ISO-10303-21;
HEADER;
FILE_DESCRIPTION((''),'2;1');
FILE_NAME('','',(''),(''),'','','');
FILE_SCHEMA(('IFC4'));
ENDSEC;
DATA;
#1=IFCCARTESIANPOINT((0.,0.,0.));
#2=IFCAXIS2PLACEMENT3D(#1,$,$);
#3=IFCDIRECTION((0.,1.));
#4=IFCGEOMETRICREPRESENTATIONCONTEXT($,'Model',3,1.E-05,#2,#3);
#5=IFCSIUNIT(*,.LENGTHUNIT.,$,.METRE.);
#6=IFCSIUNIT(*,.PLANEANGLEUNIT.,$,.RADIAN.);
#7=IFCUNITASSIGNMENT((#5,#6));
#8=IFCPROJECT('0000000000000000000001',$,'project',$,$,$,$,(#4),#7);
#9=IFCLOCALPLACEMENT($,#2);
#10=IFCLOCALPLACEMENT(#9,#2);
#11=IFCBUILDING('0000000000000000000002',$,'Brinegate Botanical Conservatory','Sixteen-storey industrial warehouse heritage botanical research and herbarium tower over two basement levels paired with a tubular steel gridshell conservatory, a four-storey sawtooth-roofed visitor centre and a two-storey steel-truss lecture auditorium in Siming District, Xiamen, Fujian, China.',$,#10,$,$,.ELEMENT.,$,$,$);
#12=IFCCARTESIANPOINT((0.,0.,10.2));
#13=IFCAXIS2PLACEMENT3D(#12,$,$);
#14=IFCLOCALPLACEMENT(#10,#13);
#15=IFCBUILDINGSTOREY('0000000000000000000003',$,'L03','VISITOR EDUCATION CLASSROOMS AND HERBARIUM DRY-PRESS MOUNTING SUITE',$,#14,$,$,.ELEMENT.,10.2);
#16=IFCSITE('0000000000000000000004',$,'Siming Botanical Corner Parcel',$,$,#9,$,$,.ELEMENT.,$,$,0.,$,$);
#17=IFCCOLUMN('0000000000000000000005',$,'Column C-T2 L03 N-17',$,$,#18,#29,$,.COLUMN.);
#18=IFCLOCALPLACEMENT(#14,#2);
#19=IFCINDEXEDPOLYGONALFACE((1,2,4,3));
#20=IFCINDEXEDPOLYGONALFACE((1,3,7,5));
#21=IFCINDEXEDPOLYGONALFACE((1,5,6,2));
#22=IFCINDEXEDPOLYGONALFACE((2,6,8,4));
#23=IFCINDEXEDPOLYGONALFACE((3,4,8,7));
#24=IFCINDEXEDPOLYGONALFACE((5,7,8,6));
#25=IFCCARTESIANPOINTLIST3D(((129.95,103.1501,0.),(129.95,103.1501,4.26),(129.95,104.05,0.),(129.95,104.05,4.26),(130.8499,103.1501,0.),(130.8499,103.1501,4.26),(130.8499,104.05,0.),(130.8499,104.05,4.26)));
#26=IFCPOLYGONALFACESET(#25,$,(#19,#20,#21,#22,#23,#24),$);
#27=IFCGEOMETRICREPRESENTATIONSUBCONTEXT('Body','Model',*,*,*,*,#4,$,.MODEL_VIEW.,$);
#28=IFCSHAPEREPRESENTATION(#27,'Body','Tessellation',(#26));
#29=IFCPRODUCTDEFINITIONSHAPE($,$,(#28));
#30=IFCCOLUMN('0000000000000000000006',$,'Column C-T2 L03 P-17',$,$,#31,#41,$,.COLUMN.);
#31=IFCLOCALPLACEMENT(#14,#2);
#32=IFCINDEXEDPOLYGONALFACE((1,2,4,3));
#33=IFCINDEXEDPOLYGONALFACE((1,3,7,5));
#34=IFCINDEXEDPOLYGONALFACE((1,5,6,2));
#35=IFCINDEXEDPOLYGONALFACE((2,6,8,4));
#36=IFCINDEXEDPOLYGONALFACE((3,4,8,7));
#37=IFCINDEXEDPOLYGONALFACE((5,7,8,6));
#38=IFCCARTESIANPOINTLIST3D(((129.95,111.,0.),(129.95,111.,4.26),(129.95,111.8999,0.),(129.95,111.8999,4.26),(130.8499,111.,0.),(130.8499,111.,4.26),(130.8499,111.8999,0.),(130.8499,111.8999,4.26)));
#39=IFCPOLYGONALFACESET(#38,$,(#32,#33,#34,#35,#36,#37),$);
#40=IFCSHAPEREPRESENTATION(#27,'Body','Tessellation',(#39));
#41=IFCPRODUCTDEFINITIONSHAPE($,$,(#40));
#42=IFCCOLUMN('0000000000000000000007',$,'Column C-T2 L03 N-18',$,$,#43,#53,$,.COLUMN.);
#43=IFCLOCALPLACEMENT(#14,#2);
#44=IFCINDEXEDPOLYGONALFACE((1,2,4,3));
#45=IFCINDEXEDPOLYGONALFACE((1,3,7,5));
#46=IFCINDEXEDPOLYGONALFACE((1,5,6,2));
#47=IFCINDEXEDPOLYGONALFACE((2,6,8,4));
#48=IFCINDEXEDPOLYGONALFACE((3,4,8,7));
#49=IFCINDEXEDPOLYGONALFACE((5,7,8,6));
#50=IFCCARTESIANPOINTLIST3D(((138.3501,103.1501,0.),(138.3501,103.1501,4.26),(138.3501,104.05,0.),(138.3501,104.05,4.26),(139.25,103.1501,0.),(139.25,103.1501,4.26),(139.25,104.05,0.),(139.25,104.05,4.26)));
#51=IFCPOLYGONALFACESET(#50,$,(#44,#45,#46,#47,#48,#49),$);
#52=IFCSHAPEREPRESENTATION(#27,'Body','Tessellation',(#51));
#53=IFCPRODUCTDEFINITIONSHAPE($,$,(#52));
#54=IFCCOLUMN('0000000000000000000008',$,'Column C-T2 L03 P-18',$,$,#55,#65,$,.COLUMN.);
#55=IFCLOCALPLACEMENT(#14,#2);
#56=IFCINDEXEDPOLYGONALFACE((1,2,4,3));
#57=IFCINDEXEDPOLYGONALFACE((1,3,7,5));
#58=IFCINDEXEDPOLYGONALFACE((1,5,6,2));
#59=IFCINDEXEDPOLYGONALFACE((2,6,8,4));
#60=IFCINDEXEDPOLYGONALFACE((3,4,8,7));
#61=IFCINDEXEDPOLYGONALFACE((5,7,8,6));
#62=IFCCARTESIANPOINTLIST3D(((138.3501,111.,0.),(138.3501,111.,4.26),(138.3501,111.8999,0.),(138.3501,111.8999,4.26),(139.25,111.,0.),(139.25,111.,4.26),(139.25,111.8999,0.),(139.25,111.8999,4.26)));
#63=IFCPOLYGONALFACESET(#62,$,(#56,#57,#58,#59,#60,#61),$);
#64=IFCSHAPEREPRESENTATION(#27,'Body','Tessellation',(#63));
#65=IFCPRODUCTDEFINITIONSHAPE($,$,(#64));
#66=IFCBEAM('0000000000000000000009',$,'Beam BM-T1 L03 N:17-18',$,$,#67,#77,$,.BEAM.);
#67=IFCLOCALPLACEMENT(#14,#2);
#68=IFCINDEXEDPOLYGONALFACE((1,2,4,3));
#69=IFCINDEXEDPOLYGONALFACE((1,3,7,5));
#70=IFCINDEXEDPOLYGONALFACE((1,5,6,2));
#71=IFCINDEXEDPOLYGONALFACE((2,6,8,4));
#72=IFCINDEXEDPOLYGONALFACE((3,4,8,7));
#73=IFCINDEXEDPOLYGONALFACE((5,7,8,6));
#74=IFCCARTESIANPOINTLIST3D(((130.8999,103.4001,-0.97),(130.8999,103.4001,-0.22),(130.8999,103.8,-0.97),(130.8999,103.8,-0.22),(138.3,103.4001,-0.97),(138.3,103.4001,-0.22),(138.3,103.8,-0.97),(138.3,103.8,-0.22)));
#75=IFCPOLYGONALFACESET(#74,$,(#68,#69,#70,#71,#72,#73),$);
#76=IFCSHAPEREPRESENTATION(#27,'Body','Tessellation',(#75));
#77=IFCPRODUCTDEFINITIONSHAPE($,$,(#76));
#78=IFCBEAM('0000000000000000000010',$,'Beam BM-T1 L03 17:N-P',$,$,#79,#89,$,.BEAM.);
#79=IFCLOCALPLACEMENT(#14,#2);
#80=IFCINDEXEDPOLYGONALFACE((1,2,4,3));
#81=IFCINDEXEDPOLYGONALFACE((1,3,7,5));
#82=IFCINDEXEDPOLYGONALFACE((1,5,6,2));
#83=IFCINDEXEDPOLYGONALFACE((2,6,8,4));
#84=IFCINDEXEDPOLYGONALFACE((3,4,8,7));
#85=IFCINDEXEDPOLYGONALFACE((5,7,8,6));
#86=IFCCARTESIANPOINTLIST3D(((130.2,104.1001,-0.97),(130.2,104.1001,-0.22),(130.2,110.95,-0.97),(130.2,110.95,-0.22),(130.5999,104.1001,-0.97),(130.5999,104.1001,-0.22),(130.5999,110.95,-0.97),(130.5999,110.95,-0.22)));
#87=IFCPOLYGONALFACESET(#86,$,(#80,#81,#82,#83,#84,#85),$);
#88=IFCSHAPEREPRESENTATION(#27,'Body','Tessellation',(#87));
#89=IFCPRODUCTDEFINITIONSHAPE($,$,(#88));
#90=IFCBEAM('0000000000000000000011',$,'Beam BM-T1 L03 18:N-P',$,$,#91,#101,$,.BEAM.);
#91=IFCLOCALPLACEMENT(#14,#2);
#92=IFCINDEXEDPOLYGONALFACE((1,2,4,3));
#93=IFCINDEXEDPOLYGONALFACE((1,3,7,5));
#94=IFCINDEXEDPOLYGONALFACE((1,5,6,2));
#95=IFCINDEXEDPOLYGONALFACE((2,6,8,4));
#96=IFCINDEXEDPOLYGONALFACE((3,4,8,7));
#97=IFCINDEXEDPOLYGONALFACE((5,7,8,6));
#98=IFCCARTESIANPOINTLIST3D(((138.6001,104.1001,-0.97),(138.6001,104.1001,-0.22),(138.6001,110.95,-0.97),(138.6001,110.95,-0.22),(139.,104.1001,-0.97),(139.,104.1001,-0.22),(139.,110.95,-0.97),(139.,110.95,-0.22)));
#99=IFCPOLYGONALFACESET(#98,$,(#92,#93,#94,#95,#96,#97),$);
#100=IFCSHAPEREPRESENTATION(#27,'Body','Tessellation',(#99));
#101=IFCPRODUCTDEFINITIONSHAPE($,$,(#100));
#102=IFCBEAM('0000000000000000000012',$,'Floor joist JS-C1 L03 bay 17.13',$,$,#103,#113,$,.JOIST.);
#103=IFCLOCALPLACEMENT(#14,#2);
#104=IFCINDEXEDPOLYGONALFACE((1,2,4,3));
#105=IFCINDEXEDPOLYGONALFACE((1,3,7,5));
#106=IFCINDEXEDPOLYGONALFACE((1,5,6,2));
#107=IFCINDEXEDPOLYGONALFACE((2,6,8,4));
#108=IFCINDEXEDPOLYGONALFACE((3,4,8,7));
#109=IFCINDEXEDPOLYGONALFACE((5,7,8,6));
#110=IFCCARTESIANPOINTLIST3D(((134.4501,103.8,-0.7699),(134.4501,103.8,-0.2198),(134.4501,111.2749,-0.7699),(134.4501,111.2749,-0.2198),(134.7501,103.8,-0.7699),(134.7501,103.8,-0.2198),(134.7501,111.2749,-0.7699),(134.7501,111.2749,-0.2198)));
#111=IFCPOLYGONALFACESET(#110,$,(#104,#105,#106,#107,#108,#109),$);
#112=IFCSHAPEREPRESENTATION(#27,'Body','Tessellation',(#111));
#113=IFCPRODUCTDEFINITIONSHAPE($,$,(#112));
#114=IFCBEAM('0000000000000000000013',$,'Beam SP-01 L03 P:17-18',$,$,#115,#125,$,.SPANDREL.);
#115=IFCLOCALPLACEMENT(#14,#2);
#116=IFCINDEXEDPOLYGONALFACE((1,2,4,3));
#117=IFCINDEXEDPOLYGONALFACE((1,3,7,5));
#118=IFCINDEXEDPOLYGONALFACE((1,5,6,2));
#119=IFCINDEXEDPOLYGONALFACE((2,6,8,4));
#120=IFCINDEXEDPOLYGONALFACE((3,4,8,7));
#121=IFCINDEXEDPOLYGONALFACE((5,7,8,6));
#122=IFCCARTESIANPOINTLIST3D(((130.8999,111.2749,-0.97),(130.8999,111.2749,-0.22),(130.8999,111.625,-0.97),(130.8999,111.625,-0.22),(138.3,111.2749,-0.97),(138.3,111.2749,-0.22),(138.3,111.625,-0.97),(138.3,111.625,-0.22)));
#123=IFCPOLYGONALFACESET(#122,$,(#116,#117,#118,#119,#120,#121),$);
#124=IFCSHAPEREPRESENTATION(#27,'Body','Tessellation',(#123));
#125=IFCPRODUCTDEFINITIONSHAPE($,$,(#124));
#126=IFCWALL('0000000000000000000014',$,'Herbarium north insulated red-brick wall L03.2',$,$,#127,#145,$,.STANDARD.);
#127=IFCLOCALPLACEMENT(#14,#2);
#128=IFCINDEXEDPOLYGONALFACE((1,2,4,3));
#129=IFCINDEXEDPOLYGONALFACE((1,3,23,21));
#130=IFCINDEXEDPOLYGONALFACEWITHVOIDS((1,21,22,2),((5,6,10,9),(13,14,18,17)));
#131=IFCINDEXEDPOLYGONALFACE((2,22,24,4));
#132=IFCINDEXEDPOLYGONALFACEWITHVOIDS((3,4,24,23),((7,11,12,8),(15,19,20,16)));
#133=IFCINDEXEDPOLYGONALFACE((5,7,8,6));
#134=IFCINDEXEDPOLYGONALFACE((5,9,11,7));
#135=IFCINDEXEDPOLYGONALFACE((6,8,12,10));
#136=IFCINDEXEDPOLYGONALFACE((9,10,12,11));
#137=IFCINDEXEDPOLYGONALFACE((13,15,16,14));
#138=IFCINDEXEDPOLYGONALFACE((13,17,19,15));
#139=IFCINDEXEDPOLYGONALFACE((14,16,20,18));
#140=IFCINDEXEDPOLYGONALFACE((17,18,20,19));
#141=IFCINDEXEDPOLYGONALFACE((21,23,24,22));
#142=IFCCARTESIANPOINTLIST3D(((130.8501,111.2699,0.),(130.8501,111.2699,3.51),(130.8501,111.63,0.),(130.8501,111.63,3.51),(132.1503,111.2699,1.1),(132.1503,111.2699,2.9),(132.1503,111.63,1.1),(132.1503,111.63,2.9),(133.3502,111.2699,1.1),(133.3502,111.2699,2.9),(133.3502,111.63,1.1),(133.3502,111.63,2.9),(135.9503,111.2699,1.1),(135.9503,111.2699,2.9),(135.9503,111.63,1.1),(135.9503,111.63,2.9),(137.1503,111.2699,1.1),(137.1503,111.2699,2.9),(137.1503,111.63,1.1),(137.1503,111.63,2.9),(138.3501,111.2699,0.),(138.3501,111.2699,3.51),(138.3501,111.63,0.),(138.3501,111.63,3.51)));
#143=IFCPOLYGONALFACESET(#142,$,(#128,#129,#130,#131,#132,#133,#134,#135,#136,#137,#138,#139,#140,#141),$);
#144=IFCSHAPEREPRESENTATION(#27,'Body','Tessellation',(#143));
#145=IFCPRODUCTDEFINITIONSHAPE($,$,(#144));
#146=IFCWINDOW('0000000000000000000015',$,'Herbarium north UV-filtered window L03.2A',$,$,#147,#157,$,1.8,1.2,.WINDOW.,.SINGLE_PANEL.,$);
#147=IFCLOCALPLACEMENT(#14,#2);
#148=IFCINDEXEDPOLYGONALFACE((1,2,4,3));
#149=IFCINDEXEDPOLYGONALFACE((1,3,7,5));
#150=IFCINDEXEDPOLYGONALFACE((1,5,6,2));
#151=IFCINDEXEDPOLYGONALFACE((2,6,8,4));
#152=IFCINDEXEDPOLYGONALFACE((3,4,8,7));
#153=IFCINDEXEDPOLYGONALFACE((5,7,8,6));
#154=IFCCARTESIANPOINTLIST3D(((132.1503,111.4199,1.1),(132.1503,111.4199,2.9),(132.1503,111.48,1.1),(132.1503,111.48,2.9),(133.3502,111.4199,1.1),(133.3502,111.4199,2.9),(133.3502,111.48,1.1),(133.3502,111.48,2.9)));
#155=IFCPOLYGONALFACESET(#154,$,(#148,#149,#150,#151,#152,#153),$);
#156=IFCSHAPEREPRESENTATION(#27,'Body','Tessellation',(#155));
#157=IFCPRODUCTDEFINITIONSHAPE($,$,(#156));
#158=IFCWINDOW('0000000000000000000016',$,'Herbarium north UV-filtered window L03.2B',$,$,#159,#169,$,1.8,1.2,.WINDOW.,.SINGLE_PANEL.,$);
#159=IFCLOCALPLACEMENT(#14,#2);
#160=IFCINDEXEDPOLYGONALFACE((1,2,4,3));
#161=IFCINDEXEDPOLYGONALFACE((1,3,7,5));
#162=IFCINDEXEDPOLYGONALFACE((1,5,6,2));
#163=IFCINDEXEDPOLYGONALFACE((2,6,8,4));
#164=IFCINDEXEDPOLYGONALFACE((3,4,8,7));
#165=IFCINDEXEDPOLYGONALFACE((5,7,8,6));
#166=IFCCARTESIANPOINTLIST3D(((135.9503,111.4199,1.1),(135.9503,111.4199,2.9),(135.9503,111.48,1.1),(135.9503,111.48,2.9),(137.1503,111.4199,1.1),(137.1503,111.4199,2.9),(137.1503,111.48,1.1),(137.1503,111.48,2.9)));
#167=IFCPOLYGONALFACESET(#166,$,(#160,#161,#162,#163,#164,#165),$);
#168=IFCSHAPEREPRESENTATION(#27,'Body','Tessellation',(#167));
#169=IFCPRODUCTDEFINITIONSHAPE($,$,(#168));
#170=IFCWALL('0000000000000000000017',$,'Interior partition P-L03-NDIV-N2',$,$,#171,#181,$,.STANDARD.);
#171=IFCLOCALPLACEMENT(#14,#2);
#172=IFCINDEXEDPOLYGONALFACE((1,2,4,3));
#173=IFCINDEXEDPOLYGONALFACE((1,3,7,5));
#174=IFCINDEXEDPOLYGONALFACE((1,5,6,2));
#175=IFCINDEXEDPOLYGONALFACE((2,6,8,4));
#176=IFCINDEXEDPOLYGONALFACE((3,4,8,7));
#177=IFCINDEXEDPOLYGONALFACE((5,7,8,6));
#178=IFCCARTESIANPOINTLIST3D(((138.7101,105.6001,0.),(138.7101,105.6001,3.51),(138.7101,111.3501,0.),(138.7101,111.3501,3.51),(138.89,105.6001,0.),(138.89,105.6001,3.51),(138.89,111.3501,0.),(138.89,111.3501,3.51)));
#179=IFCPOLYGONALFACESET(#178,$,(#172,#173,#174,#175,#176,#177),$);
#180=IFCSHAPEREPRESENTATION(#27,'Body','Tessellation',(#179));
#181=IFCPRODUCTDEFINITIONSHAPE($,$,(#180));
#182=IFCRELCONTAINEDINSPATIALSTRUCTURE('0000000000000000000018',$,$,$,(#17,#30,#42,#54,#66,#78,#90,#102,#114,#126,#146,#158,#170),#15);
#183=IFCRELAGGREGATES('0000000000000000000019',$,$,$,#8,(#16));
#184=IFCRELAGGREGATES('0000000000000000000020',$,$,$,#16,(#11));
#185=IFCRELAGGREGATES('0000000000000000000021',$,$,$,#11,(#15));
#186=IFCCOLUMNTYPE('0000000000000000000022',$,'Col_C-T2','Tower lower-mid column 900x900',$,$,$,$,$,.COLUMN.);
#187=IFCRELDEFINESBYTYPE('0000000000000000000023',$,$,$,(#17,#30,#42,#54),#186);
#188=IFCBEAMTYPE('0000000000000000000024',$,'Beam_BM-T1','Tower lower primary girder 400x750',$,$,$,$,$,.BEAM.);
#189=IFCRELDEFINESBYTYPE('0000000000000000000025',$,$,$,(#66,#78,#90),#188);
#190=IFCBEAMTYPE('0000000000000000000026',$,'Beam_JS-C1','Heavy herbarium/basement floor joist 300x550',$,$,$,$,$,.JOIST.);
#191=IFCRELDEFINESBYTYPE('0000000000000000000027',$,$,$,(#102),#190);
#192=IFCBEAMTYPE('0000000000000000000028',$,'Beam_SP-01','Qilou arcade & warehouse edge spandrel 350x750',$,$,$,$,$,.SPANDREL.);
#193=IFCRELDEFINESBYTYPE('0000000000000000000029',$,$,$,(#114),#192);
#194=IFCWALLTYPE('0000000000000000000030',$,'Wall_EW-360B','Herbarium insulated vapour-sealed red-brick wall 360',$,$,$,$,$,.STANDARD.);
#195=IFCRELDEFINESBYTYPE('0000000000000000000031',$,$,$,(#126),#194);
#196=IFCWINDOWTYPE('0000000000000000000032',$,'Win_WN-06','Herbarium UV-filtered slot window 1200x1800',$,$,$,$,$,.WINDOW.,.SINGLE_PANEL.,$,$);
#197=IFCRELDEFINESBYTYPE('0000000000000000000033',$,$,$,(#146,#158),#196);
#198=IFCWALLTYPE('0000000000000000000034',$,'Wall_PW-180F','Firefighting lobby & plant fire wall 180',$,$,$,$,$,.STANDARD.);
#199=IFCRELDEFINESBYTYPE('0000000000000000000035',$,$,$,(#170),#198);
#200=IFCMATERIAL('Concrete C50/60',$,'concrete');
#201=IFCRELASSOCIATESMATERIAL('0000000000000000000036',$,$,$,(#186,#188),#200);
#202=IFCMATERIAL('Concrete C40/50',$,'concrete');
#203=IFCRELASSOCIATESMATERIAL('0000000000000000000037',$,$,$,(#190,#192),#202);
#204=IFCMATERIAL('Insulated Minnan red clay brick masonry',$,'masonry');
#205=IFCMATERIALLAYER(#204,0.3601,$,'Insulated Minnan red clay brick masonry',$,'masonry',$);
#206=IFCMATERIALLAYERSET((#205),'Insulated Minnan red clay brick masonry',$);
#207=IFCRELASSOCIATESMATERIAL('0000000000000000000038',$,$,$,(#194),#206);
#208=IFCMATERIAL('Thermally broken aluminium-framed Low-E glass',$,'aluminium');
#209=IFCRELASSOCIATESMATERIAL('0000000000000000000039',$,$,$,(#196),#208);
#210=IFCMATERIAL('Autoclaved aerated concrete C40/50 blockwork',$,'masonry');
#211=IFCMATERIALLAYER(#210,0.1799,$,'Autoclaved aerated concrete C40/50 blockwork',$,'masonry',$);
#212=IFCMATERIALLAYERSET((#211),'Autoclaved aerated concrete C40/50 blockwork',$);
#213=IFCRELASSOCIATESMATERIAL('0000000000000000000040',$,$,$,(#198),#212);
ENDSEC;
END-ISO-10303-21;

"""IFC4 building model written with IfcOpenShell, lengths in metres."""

from ifc_helpers import new_model, si_unit, direction, frame, frame_2d, origin, origin_2d, place, context, subcontext, project, spatial, rectangle, extrude, material, layer, layer_set, material_profile, profile_set, type_object, element, fill, save


model = new_model("IFC4")

# Units and contexts
model_context = context("Model", 3, precision=1e-05, world=origin(), true_north=direction((0.0, 1.0)))
body_context = subcontext(model_context, "Body", "Model", "MODEL_VIEW")
ifc_project = project(units=[si_unit("LENGTHUNIT", "METRE"), si_unit("PLANEANGLEUNIT", "RADIAN")], contexts=[model_context])

# Site, building, storey
site_placement = place(None, origin())
site = spatial("IfcSite", under=ifc_project, at=site_placement, Name="Siming Botanical Corner Parcel", CompositionType="ELEMENT", RefElevation=0.0)
building_placement = place(site_placement, origin())
building = spatial("IfcBuilding", under=site, at=building_placement, Name="Brinegate Botanical Conservatory", Description="Sixteen-storey industrial warehouse heritage botanical research and herbarium tower over two basement levels paired with a tubular steel gridshell conservatory, a four-storey sawtooth-roofed visitor centre and a two-storey steel-truss lecture auditorium in Siming District, Xiamen, Fujian, China.", CompositionType="ELEMENT")
storey_placement = place(building_placement, frame((0.0, 0.0, 10.2)))
storey = spatial("IfcBuildingStorey", under=building, at=storey_placement, Name="L03", Description="VISITOR EDUCATION CLASSROOMS AND HERBARIUM DRY-PRESS MOUNTING SUITE", CompositionType="ELEMENT", Elevation=10.2)

# Columns
ifc_material_1 = material(Name="Concrete C50/60", Category="concrete")
ifc_material_profile_1 = material_profile(ifc_material_1, rectangle(XDim=0.8999, YDim=0.8999, at=origin_2d()), Name="RC COL 900x900")
ifc_profile_set_1 = profile_set([ifc_material_profile_1], Name="Concrete C50/60")
column_type = type_object("IfcColumnType", Name="Col_C-T2", Description="Tower lower-mid column 900x900", PredefinedType="COLUMN", material=ifc_profile_set_1)
for number, where, z_axis, x_axis, name in (
    (1, (130.3999, 103.6001, 0.0), (0.0, 0.0, 1.0), (1.0, 0.0, 0.0), "Column C-T2 L03 N-17"),
    (2, (130.3999, 111.45, 0.0), (0.0, 0.0, 1.0), (1.0, 0.0, 0.0), "Column C-T2 L03 P-17"),
    (3, (138.8, 103.6001, 0.0), (0.0, 0.0, 1.0), (1.0, 0.0, 0.0), "Column C-T2 L03 N-18"),
    (4, (138.8, 111.45, 0.0), (0.0, 0.0, 1.0), (1.0, 0.0, 0.0), "Column C-T2 L03 P-18"),
):
    element("IfcColumn", number, at=place(storey_placement, frame(where, z_axis=z_axis, x_axis=x_axis)), inside=storey, type_object=column_type, Name=name, PredefinedType="COLUMN", context=body_context, shape_type="SweptSolid", body=[
        extrude(rectangle(XDim=0.8999, YDim=0.8999, at=origin_2d()), origin(), (0.0, 0.0, 1.0), 4.26),
    ])

# Beams
ifc_material_profile_2 = material_profile(ifc_material_1, rectangle(XDim=0.3999, YDim=0.75, at=origin_2d()), Name="RC BM 400x750")
ifc_profile_set_2 = profile_set([ifc_material_profile_2], Name="Concrete C50/60")
beam_type_1 = type_object("IfcBeamType", Name="Beam_BM-T1", Description="Tower lower primary girder 400x750", PredefinedType="BEAM", material=ifc_profile_set_2)
beam_1_placement = place(storey_placement, frame((130.8999, 103.6001, -0.595), z_axis=(1.0, 0.0, 0.0), x_axis=(0.0, 1.0, 0.0)))
element("IfcBeam", 5, at=beam_1_placement, inside=storey, type_object=beam_type_1, Name="Beam BM-T1 L03 N:17-18", PredefinedType="BEAM", context=body_context, shape_type="SweptSolid", body=[
    extrude(rectangle(XDim=0.3999, YDim=0.75, at=origin_2d()), origin(), (0.0, 0.0, 1.0), 7.4001),
])
for number, where, z_axis, x_axis, name in (
    (6, (130.3999, 104.1001, -0.595), (0.0, 1.0, 0.0), (-1.0, 0.0, 0.0), "Beam BM-T1 L03 17:N-P"),
    (7, (138.8, 104.1001, -0.595), (0.0, 1.0, 0.0), (-1.0, 0.0, 0.0), "Beam BM-T1 L03 18:N-P"),
):
    element("IfcBeam", number, at=place(storey_placement, frame(where, z_axis=z_axis, x_axis=x_axis)), inside=storey, type_object=beam_type_1, Name=name, PredefinedType="BEAM", context=body_context, shape_type="SweptSolid", body=[
        extrude(rectangle(XDim=0.3999, YDim=0.75, at=origin_2d()), origin(), (0.0, 0.0, 1.0), 6.8499),
    ])
ifc_material_2 = material(Name="Concrete C40/50", Category="concrete")
ifc_material_profile_3 = material_profile(ifc_material_2, rectangle(XDim=0.3, YDim=0.55, at=origin_2d()), Name="RC JST 300x550")
ifc_profile_set_3 = profile_set([ifc_material_profile_3], Name="Concrete C40/50")
beam_type_2 = type_object("IfcBeamType", Name="Beam_JS-C1", Description="Heavy herbarium/basement floor joist 300x550", PredefinedType="JOIST", material=ifc_profile_set_3)
beam_2_placement = place(storey_placement, frame((134.6001, 103.8, -0.4949), z_axis=(0.0, 1.0, 0.0), x_axis=(-1.0, 0.0, 0.0)))
element("IfcBeam", 8, at=beam_2_placement, inside=storey, type_object=beam_type_2, Name="Floor joist JS-C1 L03 bay 17.13", PredefinedType="JOIST", context=body_context, shape_type="SweptSolid", body=[
    extrude(rectangle(XDim=0.3, YDim=0.55, at=origin_2d()), origin(), (0.0, 0.0, 1.0), 7.4749),
])
ifc_material_profile_4 = material_profile(ifc_material_2, rectangle(XDim=0.3501, YDim=0.75, at=origin_2d()), Name="RC SPN 350x750")
ifc_profile_set_4 = profile_set([ifc_material_profile_4], Name="Concrete C40/50")
beam_type_3 = type_object("IfcBeamType", Name="Beam_SP-01", Description="Qilou arcade & warehouse edge spandrel 350x750", PredefinedType="SPANDREL", material=ifc_profile_set_4)
beam_3_placement = place(storey_placement, frame((130.8999, 111.45, -0.595), z_axis=(1.0, 0.0, 0.0), x_axis=(0.0, 1.0, 0.0)))
element("IfcBeam", 9, at=beam_3_placement, inside=storey, type_object=beam_type_3, Name="Beam SP-01 L03 P:17-18", PredefinedType="SPANDREL", context=body_context, shape_type="SweptSolid", body=[
    extrude(rectangle(XDim=0.3501, YDim=0.75, at=origin_2d()), origin(), (0.0, 0.0, 1.0), 7.4001),
])

# Wall, openings, windows
ifc_material_3 = material(Name="Insulated Minnan red clay brick masonry", Category="masonry")
ifc_layer_1 = layer(ifc_material_3, 0.3601, Name="Insulated Minnan red clay brick masonry", Category="masonry")
ifc_layer_set_1 = layer_set([ifc_layer_1], Name="Insulated Minnan red clay brick masonry")
wall_type_1 = type_object("IfcWallType", Name="Wall_EW-360B", Description="Herbarium insulated vapour-sealed red-brick wall 360", PredefinedType="STANDARD", material=ifc_layer_set_1)
wall_1_placement = place(storey_placement, frame((130.8501, 111.45, 0.0), z_axis=(0.0, 0.0, 1.0), x_axis=(1.0, 0.0, 0.0)))
wall_1 = element("IfcWall", 10, at=wall_1_placement, inside=storey, type_object=wall_type_1, Name="Herbarium north insulated red-brick wall L03.2", PredefinedType="STANDARD", context=body_context, shape_type="SweptSolid", body=[
    extrude(rectangle(XDim=7.5, YDim=0.3601, at=frame_2d((3.75, 0.0))), origin(), (0.0, 0.0, 1.0), 3.51),
])
opening_1_placement = place(wall_1_placement, frame((1.3, 0.0, 1.1001)))
opening_1 = element("IfcOpeningElement", 11, at=opening_1_placement, cuts=wall_1, PredefinedType="OPENING", context=body_context, shape_type="SweptSolid", body=[
    extrude(rectangle(XDim=1.2, YDim=1.8, at=frame_2d((0.6001, 0.8999))), frame((0.0, 0.1899, 0.0), z_axis=(0.0, -1.0, 0.0), x_axis=(1.0, 0.0, 0.0)), (0.0, 0.0, 1.0), 0.3801),
])
opening_2_placement = place(wall_1_placement, frame((5.1001, 0.0, 1.1001)))
opening_2 = element("IfcOpeningElement", 12, at=opening_2_placement, cuts=wall_1, PredefinedType="OPENING", context=body_context, shape_type="SweptSolid", body=[
    extrude(rectangle(XDim=1.2, YDim=1.8, at=frame_2d((0.6001, 0.8999))), frame((0.0, 0.1899, 0.0), z_axis=(0.0, -1.0, 0.0), x_axis=(1.0, 0.0, 0.0)), (0.0, 0.0, 1.0), 0.3801),
])
ifc_material_4 = material(Name="Thermally broken aluminium-framed Low-E glass", Category="aluminium")
window_type = type_object("IfcWindowType", Name="Win_WN-06", Description="Herbarium UV-filtered slot window 1200x1800", PartitioningType="SINGLE_PANEL", PredefinedType="WINDOW", material=ifc_material_4)
window_1_placement = place(opening_1_placement, origin())
window_1 = element("IfcWindow", 13, at=window_1_placement, inside=storey, type_object=window_type, Name="Herbarium north UV-filtered window L03.2A", OverallHeight=1.8, OverallWidth=1.2, PartitioningType="SINGLE_PANEL", PredefinedType="WINDOW", context=body_context, shape_type="SweptSolid", body=[
    extrude(rectangle(XDim=1.2, YDim=1.8, at=frame_2d((0.6001, 0.8999))), frame((0.0, 0.03, 0.0), z_axis=(0.0, -1.0, 0.0), x_axis=(1.0, 0.0, 0.0)), (0.0, 0.0, 1.0), 0.0601),
])
fill(opening_1, window_1)
window_2_placement = place(opening_2_placement, origin())
window_2 = element("IfcWindow", 14, at=window_2_placement, inside=storey, type_object=window_type, Name="Herbarium north UV-filtered window L03.2B", OverallHeight=1.8, OverallWidth=1.2, PartitioningType="SINGLE_PANEL", PredefinedType="WINDOW", context=body_context, shape_type="SweptSolid", body=[
    extrude(rectangle(XDim=1.2, YDim=1.8, at=frame_2d((0.6001, 0.8999))), frame((0.0, 0.03, 0.0), z_axis=(0.0, -1.0, 0.0), x_axis=(1.0, 0.0, 0.0)), (0.0, 0.0, 1.0), 0.0601),
])
fill(opening_2, window_2)

# Wall
ifc_material_5 = material(Name="Autoclaved aerated concrete C40/50 blockwork", Category="masonry")
ifc_layer_2 = layer(ifc_material_5, 0.1799, Name="Autoclaved aerated concrete C40/50 blockwork", Category="masonry")
ifc_layer_set_2 = layer_set([ifc_layer_2], Name="Autoclaved aerated concrete C40/50 blockwork")
wall_type_2 = type_object("IfcWallType", Name="Wall_PW-180F", Description="Firefighting lobby & plant fire wall 180", PredefinedType="STANDARD", material=ifc_layer_set_2)
wall_2_placement = place(storey_placement, frame((138.8, 105.6001, 0.0), z_axis=(0.0, 0.0, 1.0), x_axis=(0.0, 1.0, 0.0)))
element("IfcWall", 15, at=wall_2_placement, inside=storey, type_object=wall_type_2, Name="Interior partition P-L03-NDIV-N2", PredefinedType="STANDARD", context=body_context, shape_type="SweptSolid", body=[
    extrude(rectangle(XDim=5.75, YDim=0.1799, at=frame_2d((2.875, 0.0))), origin(), (0.0, 0.0, 1.0), 3.51),
])

save(model, "model.ifc")
